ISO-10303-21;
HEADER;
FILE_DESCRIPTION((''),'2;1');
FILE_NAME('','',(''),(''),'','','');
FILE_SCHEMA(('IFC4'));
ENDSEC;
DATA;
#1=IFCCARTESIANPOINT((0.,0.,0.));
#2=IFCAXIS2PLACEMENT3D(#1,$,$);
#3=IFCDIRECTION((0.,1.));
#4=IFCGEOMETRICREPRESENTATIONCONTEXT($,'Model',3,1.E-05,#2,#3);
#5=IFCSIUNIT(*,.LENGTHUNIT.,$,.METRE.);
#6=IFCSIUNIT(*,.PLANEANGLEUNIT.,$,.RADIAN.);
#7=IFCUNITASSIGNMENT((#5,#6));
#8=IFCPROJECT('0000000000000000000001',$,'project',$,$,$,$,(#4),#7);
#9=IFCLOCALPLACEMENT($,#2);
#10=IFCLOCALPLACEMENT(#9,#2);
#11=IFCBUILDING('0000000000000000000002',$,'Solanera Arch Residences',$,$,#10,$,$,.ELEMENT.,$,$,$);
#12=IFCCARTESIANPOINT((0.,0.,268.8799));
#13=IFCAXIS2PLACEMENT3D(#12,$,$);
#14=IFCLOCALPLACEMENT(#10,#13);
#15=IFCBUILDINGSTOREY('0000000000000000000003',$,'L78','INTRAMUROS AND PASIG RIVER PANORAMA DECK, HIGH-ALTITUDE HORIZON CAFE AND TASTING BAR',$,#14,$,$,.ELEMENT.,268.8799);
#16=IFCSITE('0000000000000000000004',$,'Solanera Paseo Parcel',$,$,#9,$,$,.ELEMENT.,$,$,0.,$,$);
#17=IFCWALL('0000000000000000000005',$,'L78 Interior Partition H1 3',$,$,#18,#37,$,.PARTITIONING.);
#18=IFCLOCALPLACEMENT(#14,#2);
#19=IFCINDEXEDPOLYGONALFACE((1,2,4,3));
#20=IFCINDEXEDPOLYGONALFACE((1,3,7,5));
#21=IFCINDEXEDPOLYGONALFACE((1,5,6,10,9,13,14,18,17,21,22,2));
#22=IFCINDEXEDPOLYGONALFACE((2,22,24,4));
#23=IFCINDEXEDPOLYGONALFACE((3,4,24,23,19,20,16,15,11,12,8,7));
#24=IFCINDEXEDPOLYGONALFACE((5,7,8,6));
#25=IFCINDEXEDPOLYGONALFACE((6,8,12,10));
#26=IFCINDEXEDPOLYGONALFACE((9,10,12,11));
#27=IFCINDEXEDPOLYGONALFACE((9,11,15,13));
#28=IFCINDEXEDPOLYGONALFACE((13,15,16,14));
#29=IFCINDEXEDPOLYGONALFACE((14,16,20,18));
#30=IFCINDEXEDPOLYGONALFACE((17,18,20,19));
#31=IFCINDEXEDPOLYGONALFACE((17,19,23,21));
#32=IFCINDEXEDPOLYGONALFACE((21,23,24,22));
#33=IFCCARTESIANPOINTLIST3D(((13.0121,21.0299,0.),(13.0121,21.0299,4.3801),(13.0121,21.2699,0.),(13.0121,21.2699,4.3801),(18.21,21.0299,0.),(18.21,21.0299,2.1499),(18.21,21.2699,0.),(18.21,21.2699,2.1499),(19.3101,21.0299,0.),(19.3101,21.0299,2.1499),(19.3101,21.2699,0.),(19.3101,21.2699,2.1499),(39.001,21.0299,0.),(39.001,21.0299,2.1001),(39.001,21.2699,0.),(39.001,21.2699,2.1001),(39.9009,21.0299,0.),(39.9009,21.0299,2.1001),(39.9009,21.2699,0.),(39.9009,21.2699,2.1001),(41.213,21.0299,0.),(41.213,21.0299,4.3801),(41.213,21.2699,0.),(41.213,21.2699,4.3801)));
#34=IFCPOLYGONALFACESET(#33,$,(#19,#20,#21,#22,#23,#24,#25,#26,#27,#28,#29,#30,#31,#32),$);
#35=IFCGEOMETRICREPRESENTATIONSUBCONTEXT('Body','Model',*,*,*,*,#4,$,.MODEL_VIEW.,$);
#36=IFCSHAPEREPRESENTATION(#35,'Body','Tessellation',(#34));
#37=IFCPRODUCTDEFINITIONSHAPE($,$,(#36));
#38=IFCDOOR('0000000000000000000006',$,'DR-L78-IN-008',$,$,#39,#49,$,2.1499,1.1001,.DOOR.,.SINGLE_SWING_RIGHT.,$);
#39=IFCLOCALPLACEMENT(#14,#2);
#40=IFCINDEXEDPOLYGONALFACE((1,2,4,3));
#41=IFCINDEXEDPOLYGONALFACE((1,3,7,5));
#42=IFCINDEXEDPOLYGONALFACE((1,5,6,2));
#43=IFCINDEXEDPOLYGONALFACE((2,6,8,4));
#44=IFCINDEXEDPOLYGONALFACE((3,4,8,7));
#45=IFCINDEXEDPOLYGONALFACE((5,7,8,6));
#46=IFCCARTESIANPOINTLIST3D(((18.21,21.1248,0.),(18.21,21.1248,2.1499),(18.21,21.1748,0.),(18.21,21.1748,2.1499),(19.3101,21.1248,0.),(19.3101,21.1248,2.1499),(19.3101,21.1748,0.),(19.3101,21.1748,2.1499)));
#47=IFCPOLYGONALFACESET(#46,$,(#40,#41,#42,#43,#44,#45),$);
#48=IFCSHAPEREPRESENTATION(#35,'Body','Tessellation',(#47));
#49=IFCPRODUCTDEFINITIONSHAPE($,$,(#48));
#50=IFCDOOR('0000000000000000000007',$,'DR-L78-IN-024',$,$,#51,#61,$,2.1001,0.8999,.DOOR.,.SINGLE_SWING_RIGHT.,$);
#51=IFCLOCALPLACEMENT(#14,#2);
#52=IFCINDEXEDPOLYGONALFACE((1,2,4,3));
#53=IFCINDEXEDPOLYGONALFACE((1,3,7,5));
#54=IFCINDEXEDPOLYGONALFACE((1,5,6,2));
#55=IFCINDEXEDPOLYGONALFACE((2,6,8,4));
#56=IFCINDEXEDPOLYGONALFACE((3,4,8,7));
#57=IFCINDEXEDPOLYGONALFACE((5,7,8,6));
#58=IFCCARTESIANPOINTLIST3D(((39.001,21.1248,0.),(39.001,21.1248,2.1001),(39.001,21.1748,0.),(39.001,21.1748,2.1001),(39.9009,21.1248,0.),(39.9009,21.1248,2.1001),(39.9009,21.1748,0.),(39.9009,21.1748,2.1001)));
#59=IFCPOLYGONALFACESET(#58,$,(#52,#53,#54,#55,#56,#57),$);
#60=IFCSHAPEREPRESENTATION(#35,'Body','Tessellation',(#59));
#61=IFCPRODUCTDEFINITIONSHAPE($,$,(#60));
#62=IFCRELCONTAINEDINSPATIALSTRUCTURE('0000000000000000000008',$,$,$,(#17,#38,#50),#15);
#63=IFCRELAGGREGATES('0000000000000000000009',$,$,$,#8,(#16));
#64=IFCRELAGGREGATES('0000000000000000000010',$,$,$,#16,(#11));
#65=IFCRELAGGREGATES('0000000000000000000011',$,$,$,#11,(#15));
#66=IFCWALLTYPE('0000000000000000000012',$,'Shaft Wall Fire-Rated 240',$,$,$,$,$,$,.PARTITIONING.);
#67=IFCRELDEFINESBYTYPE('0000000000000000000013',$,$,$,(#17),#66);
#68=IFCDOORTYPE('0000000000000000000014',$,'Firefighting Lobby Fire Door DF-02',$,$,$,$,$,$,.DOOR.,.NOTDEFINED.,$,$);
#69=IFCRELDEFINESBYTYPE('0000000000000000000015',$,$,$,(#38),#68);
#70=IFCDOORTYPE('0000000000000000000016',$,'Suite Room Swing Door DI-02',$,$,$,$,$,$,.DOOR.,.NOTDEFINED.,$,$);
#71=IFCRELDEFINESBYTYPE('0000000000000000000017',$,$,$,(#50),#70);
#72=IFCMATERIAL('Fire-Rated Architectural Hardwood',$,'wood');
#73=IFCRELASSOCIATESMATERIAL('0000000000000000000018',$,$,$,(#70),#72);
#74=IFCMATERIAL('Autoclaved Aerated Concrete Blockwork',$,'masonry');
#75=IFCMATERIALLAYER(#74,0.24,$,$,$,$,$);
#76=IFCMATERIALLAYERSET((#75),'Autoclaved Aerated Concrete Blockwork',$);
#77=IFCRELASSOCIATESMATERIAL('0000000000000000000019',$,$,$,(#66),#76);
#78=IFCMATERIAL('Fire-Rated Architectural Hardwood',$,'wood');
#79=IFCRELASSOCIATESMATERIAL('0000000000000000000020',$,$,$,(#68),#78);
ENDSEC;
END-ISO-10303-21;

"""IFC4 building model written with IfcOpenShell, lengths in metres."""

from ifc_helpers import new_model, si_unit, direction, frame, frame_2d, origin, place, context, subcontext, project, spatial, rectangle, extrude, material, layer, layer_set, type_object, element, fill, save


model = new_model("IFC4")

# Units and contexts
model_context = context("Model", 3, precision=1e-05, world=origin(), true_north=direction((0.0, 1.0)))
body_context = subcontext(model_context, "Body", "Model", "MODEL_VIEW")
ifc_project = project(units=[si_unit("LENGTHUNIT", "METRE"), si_unit("PLANEANGLEUNIT", "RADIAN")], contexts=[model_context])

# Site, building, storey
site_placement = place(None, origin())
site = spatial("IfcSite", under=ifc_project, at=site_placement, Name="Solanera Paseo Parcel", CompositionType="ELEMENT", RefElevation=0.0)
building_placement = place(site_placement, origin())
building = spatial("IfcBuilding", under=site, at=building_placement, Name="Solanera Arch Residences", CompositionType="ELEMENT")
storey_placement = place(building_placement, frame((0.0, 0.0, 268.8799)))
storey = spatial("IfcBuildingStorey", under=building, at=storey_placement, Name="L78", Description="INTRAMUROS AND PASIG RIVER PANORAMA DECK, HIGH-ALTITUDE HORIZON CAFE AND TASTING BAR", CompositionType="ELEMENT", Elevation=268.8799)

# Shared definitions
ifc_material_1 = material(Name="Fire-Rated Architectural Hardwood", Category="wood")
door_type_1 = type_object("IfcDoorType", Name="Suite Room Swing Door DI-02", OperationType="NOTDEFINED", PredefinedType="DOOR", material=ifc_material_1)

# Shared definitions
ifc_material_2 = material(Name="Autoclaved Aerated Concrete Blockwork", Category="masonry")
ifc_layer_1 = layer(ifc_material_2, 0.24)
ifc_layer_set_1 = layer_set([ifc_layer_1], Name="Autoclaved Aerated Concrete Blockwork")
wall_type_1 = type_object("IfcWallType", Name="Shaft Wall Fire-Rated 240", PredefinedType="PARTITIONING", material=ifc_layer_set_1)

# Wall, openings, doors
wall_1_placement = place(storey_placement, frame((13.012, 21.1499, 0.0), z_axis=(0.0, 0.0, 1.0), x_axis=(1.0, 0.0, 0.0)))
wall_1 = element("IfcWall", 1, at=wall_1_placement, inside=storey, type_object=wall_type_1, Name="L78 Interior Partition H1 3", PredefinedType="PARTITIONING", context=body_context, shape_type="SweptSolid", body=[
    extrude(rectangle(XDim=28.2009, YDim=0.24, at=frame_2d((14.1006, 0.0))), origin(), (0.0, 0.0, 1.0), 4.3801),
])
opening_1_placement = place(wall_1_placement, frame((5.198, 0.0, 0.0)))
opening_1 = element("IfcOpeningElement", 2, at=opening_1_placement, cuts=wall_1, PredefinedType="OPENING", context=body_context, shape_type="SweptSolid", body=[
    extrude(rectangle(XDim=1.1001, YDim=2.1499, at=frame_2d((0.55, 1.075))), frame((0.0, 0.1299, 0.0), z_axis=(0.0, -1.0, 0.0), x_axis=(1.0, 0.0, 0.0)), (0.0, 0.0, 1.0), 0.26),
])
opening_2_placement = place(wall_1_placement, frame((25.989, 0.0, 0.0)))
opening_2 = element("IfcOpeningElement", 3, at=opening_2_placement, cuts=wall_1, PredefinedType="OPENING", context=body_context, shape_type="SweptSolid", body=[
    extrude(rectangle(XDim=0.8999, YDim=2.1001, at=frame_2d((0.45, 1.05))), frame((0.0, 0.1299, 0.0), z_axis=(0.0, -1.0, 0.0), x_axis=(1.0, 0.0, 0.0)), (0.0, 0.0, 1.0), 0.26),
])
ifc_material_3 = material(Name="Fire-Rated Architectural Hardwood", Category="wood")
door_type_2 = type_object("IfcDoorType", Name="Firefighting Lobby Fire Door DF-02", OperationType="NOTDEFINED", PredefinedType="DOOR", material=ifc_material_3)
door_1_placement = place(opening_1_placement, origin())
door_1 = element("IfcDoor", 4, at=door_1_placement, inside=storey, type_object=door_type_2, Name="DR-L78-IN-008", OperationType="SINGLE_SWING_RIGHT", OverallHeight=2.1499, OverallWidth=1.1001, PredefinedType="DOOR", context=body_context, shape_type="SweptSolid", body=[
    extrude(rectangle(XDim=1.1001, YDim=2.1499, at=frame_2d((0.55, 1.075))), frame((0.0, 0.0249, 0.0), z_axis=(0.0, -1.0, 0.0), x_axis=(1.0, 0.0, 0.0)), (0.0, 0.0, 1.0), 0.05),
])
fill(opening_1, door_1)
door_2_placement = place(opening_2_placement, origin())
door_2 = element("IfcDoor", 5, at=door_2_placement, inside=storey, type_object=door_type_1, Name="DR-L78-IN-024", OperationType="SINGLE_SWING_RIGHT", OverallHeight=2.1001, OverallWidth=0.8999, PredefinedType="DOOR", context=body_context, shape_type="SweptSolid", body=[
    extrude(rectangle(XDim=0.8999, YDim=2.1001, at=frame_2d((0.45, 1.05))), frame((0.0, 0.0249, 0.0), z_axis=(0.0, -1.0, 0.0), x_axis=(1.0, 0.0, 0.0)), (0.0, 0.0, 1.0), 0.05),
])
fill(opening_2, door_2)

save(model, "model.ifc")
